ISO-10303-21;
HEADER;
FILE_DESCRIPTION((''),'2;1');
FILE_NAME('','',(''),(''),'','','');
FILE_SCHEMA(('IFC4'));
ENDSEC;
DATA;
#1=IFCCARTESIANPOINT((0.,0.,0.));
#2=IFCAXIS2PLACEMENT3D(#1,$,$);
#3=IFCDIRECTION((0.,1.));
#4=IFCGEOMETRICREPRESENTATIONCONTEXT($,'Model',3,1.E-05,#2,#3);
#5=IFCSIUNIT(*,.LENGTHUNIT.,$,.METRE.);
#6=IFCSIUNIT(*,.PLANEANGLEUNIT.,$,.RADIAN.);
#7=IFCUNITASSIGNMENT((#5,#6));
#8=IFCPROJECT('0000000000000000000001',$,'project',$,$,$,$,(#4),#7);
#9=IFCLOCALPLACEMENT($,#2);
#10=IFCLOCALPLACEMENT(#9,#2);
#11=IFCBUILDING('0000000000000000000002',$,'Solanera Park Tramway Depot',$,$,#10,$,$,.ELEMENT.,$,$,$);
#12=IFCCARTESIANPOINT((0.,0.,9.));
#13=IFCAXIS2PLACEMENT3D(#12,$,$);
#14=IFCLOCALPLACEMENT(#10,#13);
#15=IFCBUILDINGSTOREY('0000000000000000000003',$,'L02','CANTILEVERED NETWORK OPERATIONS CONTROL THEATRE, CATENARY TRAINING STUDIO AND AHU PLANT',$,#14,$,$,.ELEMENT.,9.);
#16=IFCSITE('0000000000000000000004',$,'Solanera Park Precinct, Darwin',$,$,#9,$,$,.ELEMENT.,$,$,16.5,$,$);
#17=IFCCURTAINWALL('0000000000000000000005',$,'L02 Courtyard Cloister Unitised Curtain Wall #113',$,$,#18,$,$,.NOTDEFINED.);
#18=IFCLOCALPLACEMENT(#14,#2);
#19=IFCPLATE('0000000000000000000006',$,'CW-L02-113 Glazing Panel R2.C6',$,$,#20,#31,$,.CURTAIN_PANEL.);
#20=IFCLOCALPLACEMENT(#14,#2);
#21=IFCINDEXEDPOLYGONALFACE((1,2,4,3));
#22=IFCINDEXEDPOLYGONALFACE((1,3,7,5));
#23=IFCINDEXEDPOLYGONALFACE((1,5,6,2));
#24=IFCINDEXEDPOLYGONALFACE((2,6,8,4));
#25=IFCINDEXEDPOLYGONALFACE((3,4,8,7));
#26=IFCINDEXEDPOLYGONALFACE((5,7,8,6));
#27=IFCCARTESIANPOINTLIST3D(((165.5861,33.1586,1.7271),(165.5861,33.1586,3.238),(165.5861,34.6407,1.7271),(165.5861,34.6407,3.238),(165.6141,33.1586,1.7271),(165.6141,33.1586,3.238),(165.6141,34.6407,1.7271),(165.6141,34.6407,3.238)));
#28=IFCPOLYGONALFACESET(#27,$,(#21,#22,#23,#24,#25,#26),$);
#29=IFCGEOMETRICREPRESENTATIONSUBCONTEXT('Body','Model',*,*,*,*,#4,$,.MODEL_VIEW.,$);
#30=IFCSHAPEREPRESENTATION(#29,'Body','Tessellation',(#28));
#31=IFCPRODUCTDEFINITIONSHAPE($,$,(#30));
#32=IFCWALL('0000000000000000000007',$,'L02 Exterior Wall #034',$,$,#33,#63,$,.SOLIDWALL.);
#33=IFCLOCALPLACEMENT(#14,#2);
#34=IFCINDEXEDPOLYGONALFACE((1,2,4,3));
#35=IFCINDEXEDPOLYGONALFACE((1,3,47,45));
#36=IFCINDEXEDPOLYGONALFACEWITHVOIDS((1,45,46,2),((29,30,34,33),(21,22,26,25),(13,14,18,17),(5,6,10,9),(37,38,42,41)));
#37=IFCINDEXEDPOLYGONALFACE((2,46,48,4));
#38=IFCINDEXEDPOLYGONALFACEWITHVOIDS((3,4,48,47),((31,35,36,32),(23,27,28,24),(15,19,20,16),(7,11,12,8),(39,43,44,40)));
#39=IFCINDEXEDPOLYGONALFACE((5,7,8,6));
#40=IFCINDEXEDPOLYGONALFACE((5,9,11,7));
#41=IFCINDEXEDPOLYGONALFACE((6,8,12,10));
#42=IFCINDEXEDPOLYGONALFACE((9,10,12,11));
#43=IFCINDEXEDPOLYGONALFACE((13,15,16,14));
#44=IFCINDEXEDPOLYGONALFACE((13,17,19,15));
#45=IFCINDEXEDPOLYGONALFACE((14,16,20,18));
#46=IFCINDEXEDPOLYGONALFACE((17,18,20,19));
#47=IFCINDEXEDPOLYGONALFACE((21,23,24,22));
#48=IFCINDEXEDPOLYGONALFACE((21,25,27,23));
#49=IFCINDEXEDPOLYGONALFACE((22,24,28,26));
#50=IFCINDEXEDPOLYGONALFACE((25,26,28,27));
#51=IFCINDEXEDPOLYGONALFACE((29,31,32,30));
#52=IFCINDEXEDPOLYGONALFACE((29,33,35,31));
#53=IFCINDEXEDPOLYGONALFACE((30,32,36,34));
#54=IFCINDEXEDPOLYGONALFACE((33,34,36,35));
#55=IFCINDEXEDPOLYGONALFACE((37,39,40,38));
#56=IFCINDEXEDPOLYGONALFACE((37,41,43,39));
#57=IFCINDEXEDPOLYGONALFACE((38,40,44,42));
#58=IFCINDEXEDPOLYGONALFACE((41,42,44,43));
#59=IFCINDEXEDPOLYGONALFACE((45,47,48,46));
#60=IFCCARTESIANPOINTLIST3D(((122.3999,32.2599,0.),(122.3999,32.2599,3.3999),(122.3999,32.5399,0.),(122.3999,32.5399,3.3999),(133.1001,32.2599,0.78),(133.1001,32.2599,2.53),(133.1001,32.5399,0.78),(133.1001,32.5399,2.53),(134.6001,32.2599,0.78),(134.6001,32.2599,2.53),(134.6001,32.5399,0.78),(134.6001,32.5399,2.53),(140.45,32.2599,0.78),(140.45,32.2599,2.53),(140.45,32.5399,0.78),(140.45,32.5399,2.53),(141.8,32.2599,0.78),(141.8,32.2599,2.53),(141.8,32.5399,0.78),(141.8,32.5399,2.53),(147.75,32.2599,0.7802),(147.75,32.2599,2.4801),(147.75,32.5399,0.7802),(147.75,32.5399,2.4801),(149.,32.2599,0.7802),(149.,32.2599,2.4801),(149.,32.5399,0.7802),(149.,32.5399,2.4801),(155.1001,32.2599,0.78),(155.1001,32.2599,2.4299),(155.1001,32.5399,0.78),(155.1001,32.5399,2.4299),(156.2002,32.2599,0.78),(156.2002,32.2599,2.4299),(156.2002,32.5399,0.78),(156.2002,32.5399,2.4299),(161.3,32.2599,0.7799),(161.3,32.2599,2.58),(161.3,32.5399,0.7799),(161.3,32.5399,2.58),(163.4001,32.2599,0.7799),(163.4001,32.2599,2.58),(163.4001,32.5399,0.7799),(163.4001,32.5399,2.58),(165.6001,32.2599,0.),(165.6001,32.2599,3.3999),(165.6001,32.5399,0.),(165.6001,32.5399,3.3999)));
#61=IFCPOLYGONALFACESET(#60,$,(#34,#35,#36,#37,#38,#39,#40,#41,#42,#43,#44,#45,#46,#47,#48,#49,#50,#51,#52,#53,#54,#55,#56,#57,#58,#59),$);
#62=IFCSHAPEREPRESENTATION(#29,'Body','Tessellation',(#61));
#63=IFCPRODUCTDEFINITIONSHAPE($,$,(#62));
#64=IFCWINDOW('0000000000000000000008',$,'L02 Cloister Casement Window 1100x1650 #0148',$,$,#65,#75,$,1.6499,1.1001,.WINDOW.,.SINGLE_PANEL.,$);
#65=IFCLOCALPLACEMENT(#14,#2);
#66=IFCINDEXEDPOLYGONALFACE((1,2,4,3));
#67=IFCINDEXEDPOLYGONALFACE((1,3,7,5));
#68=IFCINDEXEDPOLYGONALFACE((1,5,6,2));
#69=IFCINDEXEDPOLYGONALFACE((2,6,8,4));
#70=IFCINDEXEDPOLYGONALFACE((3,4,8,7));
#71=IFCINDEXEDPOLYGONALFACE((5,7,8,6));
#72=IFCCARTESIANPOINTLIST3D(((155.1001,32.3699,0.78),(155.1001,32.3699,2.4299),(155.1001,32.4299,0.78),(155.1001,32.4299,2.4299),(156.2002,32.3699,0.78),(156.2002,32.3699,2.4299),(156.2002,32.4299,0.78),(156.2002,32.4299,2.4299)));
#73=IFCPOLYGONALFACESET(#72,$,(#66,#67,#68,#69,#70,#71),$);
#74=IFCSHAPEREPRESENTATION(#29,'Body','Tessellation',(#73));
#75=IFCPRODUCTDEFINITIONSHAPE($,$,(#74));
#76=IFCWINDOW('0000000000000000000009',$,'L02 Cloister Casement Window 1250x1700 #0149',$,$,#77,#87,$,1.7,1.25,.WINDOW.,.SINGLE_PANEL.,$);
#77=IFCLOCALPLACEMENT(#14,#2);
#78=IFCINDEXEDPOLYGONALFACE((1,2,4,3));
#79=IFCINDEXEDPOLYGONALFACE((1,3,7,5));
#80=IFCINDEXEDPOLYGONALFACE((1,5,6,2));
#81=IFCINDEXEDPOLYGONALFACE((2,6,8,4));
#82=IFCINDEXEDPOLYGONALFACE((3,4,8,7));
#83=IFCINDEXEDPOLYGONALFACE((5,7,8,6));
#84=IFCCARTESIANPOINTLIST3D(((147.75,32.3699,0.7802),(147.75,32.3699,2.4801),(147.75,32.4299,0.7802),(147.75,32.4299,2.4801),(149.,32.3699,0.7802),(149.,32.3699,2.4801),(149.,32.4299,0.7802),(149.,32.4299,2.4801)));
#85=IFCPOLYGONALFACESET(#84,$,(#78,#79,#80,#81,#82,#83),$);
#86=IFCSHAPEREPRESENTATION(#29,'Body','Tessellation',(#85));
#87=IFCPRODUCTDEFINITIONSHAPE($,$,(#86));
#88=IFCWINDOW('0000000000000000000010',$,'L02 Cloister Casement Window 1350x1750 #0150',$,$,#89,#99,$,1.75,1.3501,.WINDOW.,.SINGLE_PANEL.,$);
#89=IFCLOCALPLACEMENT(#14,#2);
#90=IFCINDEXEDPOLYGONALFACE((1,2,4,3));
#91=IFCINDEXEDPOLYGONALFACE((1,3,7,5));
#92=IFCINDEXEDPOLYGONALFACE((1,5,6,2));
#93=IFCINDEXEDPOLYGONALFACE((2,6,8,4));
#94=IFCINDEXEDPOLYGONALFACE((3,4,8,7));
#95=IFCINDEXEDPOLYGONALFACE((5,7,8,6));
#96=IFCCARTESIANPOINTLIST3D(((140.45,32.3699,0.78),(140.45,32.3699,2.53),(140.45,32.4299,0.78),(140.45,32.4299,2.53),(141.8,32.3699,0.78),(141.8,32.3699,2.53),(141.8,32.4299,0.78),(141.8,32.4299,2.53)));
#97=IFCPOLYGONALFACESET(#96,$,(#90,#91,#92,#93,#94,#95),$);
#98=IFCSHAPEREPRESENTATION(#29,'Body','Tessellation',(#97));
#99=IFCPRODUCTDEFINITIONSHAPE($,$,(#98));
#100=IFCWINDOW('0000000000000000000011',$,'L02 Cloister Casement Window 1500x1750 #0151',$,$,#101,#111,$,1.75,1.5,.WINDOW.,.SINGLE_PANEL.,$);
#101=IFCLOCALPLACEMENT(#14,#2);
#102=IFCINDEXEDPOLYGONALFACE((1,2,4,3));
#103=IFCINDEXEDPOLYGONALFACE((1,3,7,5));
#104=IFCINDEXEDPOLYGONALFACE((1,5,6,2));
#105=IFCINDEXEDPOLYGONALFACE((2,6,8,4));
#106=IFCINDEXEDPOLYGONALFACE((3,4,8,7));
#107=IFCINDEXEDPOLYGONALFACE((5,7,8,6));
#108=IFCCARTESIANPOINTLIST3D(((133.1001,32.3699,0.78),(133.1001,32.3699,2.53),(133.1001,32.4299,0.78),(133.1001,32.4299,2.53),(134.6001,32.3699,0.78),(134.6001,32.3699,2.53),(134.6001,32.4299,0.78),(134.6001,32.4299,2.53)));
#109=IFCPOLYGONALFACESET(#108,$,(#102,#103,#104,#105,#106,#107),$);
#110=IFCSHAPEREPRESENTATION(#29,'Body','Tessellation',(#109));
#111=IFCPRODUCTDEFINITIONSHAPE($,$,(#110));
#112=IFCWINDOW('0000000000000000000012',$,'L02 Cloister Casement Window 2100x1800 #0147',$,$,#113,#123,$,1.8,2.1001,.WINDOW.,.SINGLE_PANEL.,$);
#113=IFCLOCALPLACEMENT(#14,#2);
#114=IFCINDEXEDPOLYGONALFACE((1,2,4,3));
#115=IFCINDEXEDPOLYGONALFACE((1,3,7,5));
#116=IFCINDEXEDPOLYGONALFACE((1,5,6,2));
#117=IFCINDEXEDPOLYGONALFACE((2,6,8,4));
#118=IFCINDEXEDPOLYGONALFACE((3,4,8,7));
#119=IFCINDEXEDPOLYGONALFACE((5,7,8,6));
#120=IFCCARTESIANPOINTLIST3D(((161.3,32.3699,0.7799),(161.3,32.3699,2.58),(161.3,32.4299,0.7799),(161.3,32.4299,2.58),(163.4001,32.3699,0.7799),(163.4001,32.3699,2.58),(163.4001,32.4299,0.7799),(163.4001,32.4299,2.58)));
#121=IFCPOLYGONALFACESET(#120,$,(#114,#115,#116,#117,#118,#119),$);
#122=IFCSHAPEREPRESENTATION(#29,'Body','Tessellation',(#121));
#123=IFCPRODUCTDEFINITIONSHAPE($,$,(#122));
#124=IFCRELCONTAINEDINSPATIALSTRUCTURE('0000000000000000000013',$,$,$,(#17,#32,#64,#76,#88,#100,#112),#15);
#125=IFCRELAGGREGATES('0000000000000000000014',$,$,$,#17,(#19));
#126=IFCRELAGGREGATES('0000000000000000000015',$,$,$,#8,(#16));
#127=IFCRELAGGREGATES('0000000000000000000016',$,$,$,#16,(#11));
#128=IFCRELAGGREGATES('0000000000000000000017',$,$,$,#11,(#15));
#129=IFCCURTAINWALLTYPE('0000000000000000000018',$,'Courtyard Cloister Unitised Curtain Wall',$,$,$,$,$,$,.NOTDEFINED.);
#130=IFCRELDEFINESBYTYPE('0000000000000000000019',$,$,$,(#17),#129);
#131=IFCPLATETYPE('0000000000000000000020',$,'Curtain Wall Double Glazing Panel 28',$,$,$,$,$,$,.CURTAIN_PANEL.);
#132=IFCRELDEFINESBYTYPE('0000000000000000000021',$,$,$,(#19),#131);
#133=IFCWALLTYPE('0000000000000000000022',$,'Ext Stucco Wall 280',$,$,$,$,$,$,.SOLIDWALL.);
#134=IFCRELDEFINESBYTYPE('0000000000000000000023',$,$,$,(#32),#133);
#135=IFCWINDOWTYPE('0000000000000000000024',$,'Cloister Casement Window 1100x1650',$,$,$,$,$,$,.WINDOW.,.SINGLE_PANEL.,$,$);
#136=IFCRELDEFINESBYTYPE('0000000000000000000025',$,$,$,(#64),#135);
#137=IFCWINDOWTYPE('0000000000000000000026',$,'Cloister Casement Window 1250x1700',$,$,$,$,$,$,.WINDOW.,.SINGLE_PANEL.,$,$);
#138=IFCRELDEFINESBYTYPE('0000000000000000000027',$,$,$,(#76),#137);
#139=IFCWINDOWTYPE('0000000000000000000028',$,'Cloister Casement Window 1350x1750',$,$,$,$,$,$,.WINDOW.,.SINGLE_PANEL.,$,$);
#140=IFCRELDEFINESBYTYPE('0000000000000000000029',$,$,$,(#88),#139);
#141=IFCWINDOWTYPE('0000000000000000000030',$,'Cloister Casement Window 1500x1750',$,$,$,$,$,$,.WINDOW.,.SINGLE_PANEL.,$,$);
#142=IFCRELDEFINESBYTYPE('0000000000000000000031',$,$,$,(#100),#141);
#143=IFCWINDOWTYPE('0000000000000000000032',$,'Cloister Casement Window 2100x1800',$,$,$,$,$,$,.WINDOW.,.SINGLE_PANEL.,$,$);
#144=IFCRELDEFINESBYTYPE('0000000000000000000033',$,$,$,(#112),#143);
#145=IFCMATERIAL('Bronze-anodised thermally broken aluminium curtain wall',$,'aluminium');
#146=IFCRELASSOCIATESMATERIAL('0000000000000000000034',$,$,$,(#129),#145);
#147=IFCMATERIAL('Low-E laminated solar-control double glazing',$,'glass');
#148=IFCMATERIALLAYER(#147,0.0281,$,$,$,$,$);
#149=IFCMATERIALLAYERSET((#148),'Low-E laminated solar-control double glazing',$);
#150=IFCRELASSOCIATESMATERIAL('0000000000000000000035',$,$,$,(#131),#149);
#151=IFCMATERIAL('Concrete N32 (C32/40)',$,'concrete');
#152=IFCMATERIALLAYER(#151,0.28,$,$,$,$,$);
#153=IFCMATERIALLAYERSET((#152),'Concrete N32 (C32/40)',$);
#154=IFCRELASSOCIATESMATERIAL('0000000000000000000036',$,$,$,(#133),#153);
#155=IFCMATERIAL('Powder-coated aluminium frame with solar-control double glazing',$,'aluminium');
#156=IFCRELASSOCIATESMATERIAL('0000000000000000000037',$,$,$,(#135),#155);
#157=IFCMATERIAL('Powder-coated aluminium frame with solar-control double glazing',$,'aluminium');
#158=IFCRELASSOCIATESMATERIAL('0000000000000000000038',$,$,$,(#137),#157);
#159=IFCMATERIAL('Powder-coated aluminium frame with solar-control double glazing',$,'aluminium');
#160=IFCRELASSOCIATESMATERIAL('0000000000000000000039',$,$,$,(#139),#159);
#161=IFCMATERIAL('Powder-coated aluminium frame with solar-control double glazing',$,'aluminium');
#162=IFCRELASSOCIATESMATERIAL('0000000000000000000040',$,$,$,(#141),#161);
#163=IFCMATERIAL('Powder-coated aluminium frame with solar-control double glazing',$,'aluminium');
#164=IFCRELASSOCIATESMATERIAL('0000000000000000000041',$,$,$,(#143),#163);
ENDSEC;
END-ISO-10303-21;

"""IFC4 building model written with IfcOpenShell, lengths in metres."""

from ifc_helpers import new_model, si_unit, direction, frame, frame_2d, origin, origin_2d, place, context, subcontext, project, spatial, rectangle, extrude, material, layer, layer_set, type_object, element, fill, aggregate, save


model = new_model("IFC4")

# Units and contexts
model_context = context("Model", 3, precision=1e-05, world=origin(), true_north=direction((0.0, 1.0)))
body_context = subcontext(model_context, "Body", "Model", "MODEL_VIEW")
ifc_project = project(units=[si_unit("LENGTHUNIT", "METRE"), si_unit("PLANEANGLEUNIT", "RADIAN")], contexts=[model_context])

# Site, building, storey
site_placement = place(None, origin())
site = spatial("IfcSite", under=ifc_project, at=site_placement, Name="Solanera Park Precinct, Darwin", CompositionType="ELEMENT", RefElevation=16.5)
building_placement = place(site_placement, origin())
building = spatial("IfcBuilding", under=site, at=building_placement, Name="Solanera Park Tramway Depot", CompositionType="ELEMENT")
storey_placement = place(building_placement, frame((0.0, 0.0, 9.0)))
storey = spatial("IfcBuildingStorey", under=building, at=storey_placement, Name="L02", Description="CANTILEVERED NETWORK OPERATIONS CONTROL THEATRE, CATENARY TRAINING STUDIO AND AHU PLANT", CompositionType="ELEMENT", Elevation=9.0)

# Curtain wall, plate
ifc_material_1 = material(Name="Bronze-anodised thermally broken aluminium curtain wall", Category="aluminium")
curtain_wall_type = type_object("IfcCurtainWallType", Name="Courtyard Cloister Unitised Curtain Wall", PredefinedType="NOTDEFINED", material=ifc_material_1)
curtain_wall_placement = place(storey_placement, origin())
curtain_wall = element("IfcCurtainWall", 1, at=curtain_wall_placement, inside=storey, type_object=curtain_wall_type, Name="L02 Courtyard Cloister Unitised Curtain Wall #113", PredefinedType="NOTDEFINED")
ifc_material_2 = material(Name="Low-E laminated solar-control double glazing", Category="glass")
ifc_layer_1 = layer(ifc_material_2, 0.0281)
ifc_layer_set_1 = layer_set([ifc_layer_1], Name="Low-E laminated solar-control double glazing")
plate_type = type_object("IfcPlateType", Name="Curtain Wall Double Glazing Panel 28", PredefinedType="CURTAIN_PANEL", material=ifc_layer_set_1)
plate_1_placement = place(storey_placement, frame((165.6001, 33.8997, 1.7271), z_axis=(0.0, 0.0, 1.0), x_axis=(0.0, -1.0, 0.0)))
plate_1 = element("IfcPlate", 2, at=plate_1_placement, type_object=plate_type, Name="CW-L02-113 Glazing Panel R2.C6", PredefinedType="CURTAIN_PANEL", context=body_context, shape_type="SweptSolid", body=[
    extrude(rectangle(XDim=1.4822, YDim=0.0281, at=origin_2d()), origin(), (0.0, 0.0, 1.0), 1.511),
])
aggregate(curtain_wall, [plate_1])

# Wall, openings, windows
ifc_material_3 = material(Name="Concrete N32 (C32/40)", Category="concrete")
ifc_layer_2 = layer(ifc_material_3, 0.28)
ifc_layer_set_2 = layer_set([ifc_layer_2], Name="Concrete N32 (C32/40)")
wall_type = type_object("IfcWallType", Name="Ext Stucco Wall 280", PredefinedType="SOLIDWALL", material=ifc_layer_set_2)
wall_placement = place(storey_placement, frame((165.6001, 32.3999, 0.0), z_axis=(0.0, 0.0, 1.0), x_axis=(-1.0, 0.0, 0.0)))
wall = element("IfcWall", 3, at=wall_placement, inside=storey, type_object=wall_type, Name="L02 Exterior Wall #034", PredefinedType="SOLIDWALL", context=body_context, shape_type="SweptSolid", body=[
    extrude(rectangle(XDim=43.2002, YDim=0.28, at=frame_2d((21.6001, 0.0))), origin(), (0.0, 0.0, 1.0), 3.3999),
])
opening_1_placement = place(wall_placement, frame((2.2, 0.0, 0.78)))
opening_1 = element("IfcOpeningElement", 4, at=opening_1_placement, cuts=wall, PredefinedType="OPENING", context=body_context, shape_type="SweptSolid", body=[
    extrude(rectangle(XDim=2.1001, YDim=1.8, at=frame_2d((1.05, 0.8999))), frame((0.0, 0.1499, 0.0), z_axis=(0.0, -1.0, 0.0), x_axis=(1.0, 0.0, 0.0)), (0.0, 0.0, 1.0), 0.3),
])
opening_2_placement = place(wall_placement, frame((9.3999, 0.0, 0.78)))
opening_2 = element("IfcOpeningElement", 5, at=opening_2_placement, cuts=wall, PredefinedType="OPENING", context=body_context, shape_type="SweptSolid", body=[
    extrude(rectangle(XDim=1.1001, YDim=1.6499, at=frame_2d((0.55, 0.825))), frame((0.0, 0.1499, 0.0), z_axis=(0.0, -1.0, 0.0), x_axis=(1.0, 0.0, 0.0)), (0.0, 0.0, 1.0), 0.3),
])
opening_3_placement = place(wall_placement, frame((16.6001, 0.0, 0.78)))
opening_3 = element("IfcOpeningElement", 6, at=opening_3_placement, cuts=wall, PredefinedType="OPENING", context=body_context, shape_type="SweptSolid", body=[
    extrude(rectangle(XDim=1.25, YDim=1.7, at=frame_2d((0.625, 0.8501))), frame((0.0, 0.1499, 0.0), z_axis=(0.0, -1.0, 0.0), x_axis=(1.0, 0.0, 0.0)), (0.0, 0.0, 1.0), 0.3),
])
opening_4_placement = place(wall_placement, frame((23.8, 0.0, 0.78)))
opening_4 = element("IfcOpeningElement", 7, at=opening_4_placement, cuts=wall, PredefinedType="OPENING", context=body_context, shape_type="SweptSolid", body=[
    extrude(rectangle(XDim=1.3501, YDim=1.75, at=frame_2d((0.675, 0.875))), frame((0.0, 0.1499, 0.0), z_axis=(0.0, -1.0, 0.0), x_axis=(1.0, 0.0, 0.0)), (0.0, 0.0, 1.0), 0.3),
])
opening_5_placement = place(wall_placement, frame((31.0, 0.0, 0.78)))
opening_5 = element("IfcOpeningElement", 8, at=opening_5_placement, cuts=wall, PredefinedType="OPENING", context=body_context, shape_type="SweptSolid", body=[
    extrude(rectangle(XDim=1.5, YDim=1.75, at=frame_2d((0.75, 0.875))), frame((0.0, 0.1499, 0.0), z_axis=(0.0, -1.0, 0.0), x_axis=(1.0, 0.0, 0.0)), (0.0, 0.0, 1.0), 0.3),
])
ifc_material_4 = material(Name="Powder-coated aluminium frame with solar-control double glazing", Category="aluminium")
window_type_1 = type_object("IfcWindowType", Name="Cloister Casement Window 1100x1650", PartitioningType="SINGLE_PANEL", PredefinedType="WINDOW", material=ifc_material_4)
window_1_placement = place(opening_2_placement, origin())
window_1 = element("IfcWindow", 9, at=window_1_placement, inside=storey, type_object=window_type_1, Name="L02 Cloister Casement Window 1100x1650 #0148", OverallHeight=1.6499, OverallWidth=1.1001, PartitioningType="SINGLE_PANEL", PredefinedType="WINDOW", context=body_context, shape_type="SweptSolid", body=[
    extrude(rectangle(XDim=1.1001, YDim=1.6499, at=frame_2d((0.55, 0.825))), frame((0.0, 0.03, 0.0), z_axis=(0.0, -1.0, 0.0), x_axis=(1.0, 0.0, 0.0)), (0.0, 0.0, 1.0), 0.0601),
])
fill(opening_2, window_1)
ifc_material_5 = material(Name="Powder-coated aluminium frame with solar-control double glazing", Category="aluminium")
window_type_2 = type_object("IfcWindowType", Name="Cloister Casement Window 1250x1700", PartitioningType="SINGLE_PANEL", PredefinedType="WINDOW", material=ifc_material_5)
window_2_placement = place(opening_3_placement, origin())
window_2 = element("IfcWindow", 10, at=window_2_placement, inside=storey, type_object=window_type_2, Name="L02 Cloister Casement Window 1250x1700 #0149", OverallHeight=1.7, OverallWidth=1.25, PartitioningType="SINGLE_PANEL", PredefinedType="WINDOW", context=body_context, shape_type="SweptSolid", body=[
    extrude(rectangle(XDim=1.25, YDim=1.7, at=frame_2d((0.625, 0.8501))), frame((0.0, 0.03, 0.0), z_axis=(0.0, -1.0, 0.0), x_axis=(1.0, 0.0, 0.0)), (0.0, 0.0, 1.0), 0.0601),
])
fill(opening_3, window_2)
ifc_material_6 = material(Name="Powder-coated aluminium frame with solar-control double glazing", Category="aluminium")
window_type_3 = type_object("IfcWindowType", Name="Cloister Casement Window 1350x1750", PartitioningType="SINGLE_PANEL", PredefinedType="WINDOW", material=ifc_material_6)
window_3_placement = place(opening_4_placement, origin())
window_3 = element("IfcWindow", 11, at=window_3_placement, inside=storey, type_object=window_type_3, Name="L02 Cloister Casement Window 1350x1750 #0150", OverallHeight=1.75, OverallWidth=1.3501, PartitioningType="SINGLE_PANEL", PredefinedType="WINDOW", context=body_context, shape_type="SweptSolid", body=[
    extrude(rectangle(XDim=1.3501, YDim=1.75, at=frame_2d((0.675, 0.875))), frame((0.0, 0.03, 0.0), z_axis=(0.0, -1.0, 0.0), x_axis=(1.0, 0.0, 0.0)), (0.0, 0.0, 1.0), 0.0601),
])
fill(opening_4, window_3)
ifc_material_7 = material(Name="Powder-coated aluminium frame with solar-control double glazing", Category="aluminium")
window_type_4 = type_object("IfcWindowType", Name="Cloister Casement Window 1500x1750", PartitioningType="SINGLE_PANEL", PredefinedType="WINDOW", material=ifc_material_7)
window_4_placement = place(opening_5_placement, origin())
window_4 = element("IfcWindow", 12, at=window_4_placement, inside=storey, type_object=window_type_4, Name="L02 Cloister Casement Window 1500x1750 #0151", OverallHeight=1.75, OverallWidth=1.5, PartitioningType="SINGLE_PANEL", PredefinedType="WINDOW", context=body_context, shape_type="SweptSolid", body=[
    extrude(rectangle(XDim=1.5, YDim=1.75, at=frame_2d((0.75, 0.875))), frame((0.0, 0.03, 0.0), z_axis=(0.0, -1.0, 0.0), x_axis=(1.0, 0.0, 0.0)), (0.0, 0.0, 1.0), 0.0601),
])
fill(opening_5, window_4)
ifc_material_8 = material(Name="Powder-coated aluminium frame with solar-control double glazing", Category="aluminium")
window_type_5 = type_object("IfcWindowType", Name="Cloister Casement Window 2100x1800", PartitioningType="SINGLE_PANEL", PredefinedType="WINDOW", material=ifc_material_8)
window_5_placement = place(opening_1_placement, origin())
window_5 = element("IfcWindow", 13, at=window_5_placement, inside=storey, type_object=window_type_5, Name="L02 Cloister Casement Window 2100x1800 #0147", OverallHeight=1.8, OverallWidth=2.1001, PartitioningType="SINGLE_PANEL", PredefinedType="WINDOW", context=body_context, shape_type="SweptSolid", body=[
    extrude(rectangle(XDim=2.1001, YDim=1.8, at=frame_2d((1.05, 0.8999))), frame((0.0, 0.03, 0.0), z_axis=(0.0, -1.0, 0.0), x_axis=(1.0, 0.0, 0.0)), (0.0, 0.0, 1.0), 0.0601),
])
fill(opening_1, window_5)

save(model, "model.ifc")
